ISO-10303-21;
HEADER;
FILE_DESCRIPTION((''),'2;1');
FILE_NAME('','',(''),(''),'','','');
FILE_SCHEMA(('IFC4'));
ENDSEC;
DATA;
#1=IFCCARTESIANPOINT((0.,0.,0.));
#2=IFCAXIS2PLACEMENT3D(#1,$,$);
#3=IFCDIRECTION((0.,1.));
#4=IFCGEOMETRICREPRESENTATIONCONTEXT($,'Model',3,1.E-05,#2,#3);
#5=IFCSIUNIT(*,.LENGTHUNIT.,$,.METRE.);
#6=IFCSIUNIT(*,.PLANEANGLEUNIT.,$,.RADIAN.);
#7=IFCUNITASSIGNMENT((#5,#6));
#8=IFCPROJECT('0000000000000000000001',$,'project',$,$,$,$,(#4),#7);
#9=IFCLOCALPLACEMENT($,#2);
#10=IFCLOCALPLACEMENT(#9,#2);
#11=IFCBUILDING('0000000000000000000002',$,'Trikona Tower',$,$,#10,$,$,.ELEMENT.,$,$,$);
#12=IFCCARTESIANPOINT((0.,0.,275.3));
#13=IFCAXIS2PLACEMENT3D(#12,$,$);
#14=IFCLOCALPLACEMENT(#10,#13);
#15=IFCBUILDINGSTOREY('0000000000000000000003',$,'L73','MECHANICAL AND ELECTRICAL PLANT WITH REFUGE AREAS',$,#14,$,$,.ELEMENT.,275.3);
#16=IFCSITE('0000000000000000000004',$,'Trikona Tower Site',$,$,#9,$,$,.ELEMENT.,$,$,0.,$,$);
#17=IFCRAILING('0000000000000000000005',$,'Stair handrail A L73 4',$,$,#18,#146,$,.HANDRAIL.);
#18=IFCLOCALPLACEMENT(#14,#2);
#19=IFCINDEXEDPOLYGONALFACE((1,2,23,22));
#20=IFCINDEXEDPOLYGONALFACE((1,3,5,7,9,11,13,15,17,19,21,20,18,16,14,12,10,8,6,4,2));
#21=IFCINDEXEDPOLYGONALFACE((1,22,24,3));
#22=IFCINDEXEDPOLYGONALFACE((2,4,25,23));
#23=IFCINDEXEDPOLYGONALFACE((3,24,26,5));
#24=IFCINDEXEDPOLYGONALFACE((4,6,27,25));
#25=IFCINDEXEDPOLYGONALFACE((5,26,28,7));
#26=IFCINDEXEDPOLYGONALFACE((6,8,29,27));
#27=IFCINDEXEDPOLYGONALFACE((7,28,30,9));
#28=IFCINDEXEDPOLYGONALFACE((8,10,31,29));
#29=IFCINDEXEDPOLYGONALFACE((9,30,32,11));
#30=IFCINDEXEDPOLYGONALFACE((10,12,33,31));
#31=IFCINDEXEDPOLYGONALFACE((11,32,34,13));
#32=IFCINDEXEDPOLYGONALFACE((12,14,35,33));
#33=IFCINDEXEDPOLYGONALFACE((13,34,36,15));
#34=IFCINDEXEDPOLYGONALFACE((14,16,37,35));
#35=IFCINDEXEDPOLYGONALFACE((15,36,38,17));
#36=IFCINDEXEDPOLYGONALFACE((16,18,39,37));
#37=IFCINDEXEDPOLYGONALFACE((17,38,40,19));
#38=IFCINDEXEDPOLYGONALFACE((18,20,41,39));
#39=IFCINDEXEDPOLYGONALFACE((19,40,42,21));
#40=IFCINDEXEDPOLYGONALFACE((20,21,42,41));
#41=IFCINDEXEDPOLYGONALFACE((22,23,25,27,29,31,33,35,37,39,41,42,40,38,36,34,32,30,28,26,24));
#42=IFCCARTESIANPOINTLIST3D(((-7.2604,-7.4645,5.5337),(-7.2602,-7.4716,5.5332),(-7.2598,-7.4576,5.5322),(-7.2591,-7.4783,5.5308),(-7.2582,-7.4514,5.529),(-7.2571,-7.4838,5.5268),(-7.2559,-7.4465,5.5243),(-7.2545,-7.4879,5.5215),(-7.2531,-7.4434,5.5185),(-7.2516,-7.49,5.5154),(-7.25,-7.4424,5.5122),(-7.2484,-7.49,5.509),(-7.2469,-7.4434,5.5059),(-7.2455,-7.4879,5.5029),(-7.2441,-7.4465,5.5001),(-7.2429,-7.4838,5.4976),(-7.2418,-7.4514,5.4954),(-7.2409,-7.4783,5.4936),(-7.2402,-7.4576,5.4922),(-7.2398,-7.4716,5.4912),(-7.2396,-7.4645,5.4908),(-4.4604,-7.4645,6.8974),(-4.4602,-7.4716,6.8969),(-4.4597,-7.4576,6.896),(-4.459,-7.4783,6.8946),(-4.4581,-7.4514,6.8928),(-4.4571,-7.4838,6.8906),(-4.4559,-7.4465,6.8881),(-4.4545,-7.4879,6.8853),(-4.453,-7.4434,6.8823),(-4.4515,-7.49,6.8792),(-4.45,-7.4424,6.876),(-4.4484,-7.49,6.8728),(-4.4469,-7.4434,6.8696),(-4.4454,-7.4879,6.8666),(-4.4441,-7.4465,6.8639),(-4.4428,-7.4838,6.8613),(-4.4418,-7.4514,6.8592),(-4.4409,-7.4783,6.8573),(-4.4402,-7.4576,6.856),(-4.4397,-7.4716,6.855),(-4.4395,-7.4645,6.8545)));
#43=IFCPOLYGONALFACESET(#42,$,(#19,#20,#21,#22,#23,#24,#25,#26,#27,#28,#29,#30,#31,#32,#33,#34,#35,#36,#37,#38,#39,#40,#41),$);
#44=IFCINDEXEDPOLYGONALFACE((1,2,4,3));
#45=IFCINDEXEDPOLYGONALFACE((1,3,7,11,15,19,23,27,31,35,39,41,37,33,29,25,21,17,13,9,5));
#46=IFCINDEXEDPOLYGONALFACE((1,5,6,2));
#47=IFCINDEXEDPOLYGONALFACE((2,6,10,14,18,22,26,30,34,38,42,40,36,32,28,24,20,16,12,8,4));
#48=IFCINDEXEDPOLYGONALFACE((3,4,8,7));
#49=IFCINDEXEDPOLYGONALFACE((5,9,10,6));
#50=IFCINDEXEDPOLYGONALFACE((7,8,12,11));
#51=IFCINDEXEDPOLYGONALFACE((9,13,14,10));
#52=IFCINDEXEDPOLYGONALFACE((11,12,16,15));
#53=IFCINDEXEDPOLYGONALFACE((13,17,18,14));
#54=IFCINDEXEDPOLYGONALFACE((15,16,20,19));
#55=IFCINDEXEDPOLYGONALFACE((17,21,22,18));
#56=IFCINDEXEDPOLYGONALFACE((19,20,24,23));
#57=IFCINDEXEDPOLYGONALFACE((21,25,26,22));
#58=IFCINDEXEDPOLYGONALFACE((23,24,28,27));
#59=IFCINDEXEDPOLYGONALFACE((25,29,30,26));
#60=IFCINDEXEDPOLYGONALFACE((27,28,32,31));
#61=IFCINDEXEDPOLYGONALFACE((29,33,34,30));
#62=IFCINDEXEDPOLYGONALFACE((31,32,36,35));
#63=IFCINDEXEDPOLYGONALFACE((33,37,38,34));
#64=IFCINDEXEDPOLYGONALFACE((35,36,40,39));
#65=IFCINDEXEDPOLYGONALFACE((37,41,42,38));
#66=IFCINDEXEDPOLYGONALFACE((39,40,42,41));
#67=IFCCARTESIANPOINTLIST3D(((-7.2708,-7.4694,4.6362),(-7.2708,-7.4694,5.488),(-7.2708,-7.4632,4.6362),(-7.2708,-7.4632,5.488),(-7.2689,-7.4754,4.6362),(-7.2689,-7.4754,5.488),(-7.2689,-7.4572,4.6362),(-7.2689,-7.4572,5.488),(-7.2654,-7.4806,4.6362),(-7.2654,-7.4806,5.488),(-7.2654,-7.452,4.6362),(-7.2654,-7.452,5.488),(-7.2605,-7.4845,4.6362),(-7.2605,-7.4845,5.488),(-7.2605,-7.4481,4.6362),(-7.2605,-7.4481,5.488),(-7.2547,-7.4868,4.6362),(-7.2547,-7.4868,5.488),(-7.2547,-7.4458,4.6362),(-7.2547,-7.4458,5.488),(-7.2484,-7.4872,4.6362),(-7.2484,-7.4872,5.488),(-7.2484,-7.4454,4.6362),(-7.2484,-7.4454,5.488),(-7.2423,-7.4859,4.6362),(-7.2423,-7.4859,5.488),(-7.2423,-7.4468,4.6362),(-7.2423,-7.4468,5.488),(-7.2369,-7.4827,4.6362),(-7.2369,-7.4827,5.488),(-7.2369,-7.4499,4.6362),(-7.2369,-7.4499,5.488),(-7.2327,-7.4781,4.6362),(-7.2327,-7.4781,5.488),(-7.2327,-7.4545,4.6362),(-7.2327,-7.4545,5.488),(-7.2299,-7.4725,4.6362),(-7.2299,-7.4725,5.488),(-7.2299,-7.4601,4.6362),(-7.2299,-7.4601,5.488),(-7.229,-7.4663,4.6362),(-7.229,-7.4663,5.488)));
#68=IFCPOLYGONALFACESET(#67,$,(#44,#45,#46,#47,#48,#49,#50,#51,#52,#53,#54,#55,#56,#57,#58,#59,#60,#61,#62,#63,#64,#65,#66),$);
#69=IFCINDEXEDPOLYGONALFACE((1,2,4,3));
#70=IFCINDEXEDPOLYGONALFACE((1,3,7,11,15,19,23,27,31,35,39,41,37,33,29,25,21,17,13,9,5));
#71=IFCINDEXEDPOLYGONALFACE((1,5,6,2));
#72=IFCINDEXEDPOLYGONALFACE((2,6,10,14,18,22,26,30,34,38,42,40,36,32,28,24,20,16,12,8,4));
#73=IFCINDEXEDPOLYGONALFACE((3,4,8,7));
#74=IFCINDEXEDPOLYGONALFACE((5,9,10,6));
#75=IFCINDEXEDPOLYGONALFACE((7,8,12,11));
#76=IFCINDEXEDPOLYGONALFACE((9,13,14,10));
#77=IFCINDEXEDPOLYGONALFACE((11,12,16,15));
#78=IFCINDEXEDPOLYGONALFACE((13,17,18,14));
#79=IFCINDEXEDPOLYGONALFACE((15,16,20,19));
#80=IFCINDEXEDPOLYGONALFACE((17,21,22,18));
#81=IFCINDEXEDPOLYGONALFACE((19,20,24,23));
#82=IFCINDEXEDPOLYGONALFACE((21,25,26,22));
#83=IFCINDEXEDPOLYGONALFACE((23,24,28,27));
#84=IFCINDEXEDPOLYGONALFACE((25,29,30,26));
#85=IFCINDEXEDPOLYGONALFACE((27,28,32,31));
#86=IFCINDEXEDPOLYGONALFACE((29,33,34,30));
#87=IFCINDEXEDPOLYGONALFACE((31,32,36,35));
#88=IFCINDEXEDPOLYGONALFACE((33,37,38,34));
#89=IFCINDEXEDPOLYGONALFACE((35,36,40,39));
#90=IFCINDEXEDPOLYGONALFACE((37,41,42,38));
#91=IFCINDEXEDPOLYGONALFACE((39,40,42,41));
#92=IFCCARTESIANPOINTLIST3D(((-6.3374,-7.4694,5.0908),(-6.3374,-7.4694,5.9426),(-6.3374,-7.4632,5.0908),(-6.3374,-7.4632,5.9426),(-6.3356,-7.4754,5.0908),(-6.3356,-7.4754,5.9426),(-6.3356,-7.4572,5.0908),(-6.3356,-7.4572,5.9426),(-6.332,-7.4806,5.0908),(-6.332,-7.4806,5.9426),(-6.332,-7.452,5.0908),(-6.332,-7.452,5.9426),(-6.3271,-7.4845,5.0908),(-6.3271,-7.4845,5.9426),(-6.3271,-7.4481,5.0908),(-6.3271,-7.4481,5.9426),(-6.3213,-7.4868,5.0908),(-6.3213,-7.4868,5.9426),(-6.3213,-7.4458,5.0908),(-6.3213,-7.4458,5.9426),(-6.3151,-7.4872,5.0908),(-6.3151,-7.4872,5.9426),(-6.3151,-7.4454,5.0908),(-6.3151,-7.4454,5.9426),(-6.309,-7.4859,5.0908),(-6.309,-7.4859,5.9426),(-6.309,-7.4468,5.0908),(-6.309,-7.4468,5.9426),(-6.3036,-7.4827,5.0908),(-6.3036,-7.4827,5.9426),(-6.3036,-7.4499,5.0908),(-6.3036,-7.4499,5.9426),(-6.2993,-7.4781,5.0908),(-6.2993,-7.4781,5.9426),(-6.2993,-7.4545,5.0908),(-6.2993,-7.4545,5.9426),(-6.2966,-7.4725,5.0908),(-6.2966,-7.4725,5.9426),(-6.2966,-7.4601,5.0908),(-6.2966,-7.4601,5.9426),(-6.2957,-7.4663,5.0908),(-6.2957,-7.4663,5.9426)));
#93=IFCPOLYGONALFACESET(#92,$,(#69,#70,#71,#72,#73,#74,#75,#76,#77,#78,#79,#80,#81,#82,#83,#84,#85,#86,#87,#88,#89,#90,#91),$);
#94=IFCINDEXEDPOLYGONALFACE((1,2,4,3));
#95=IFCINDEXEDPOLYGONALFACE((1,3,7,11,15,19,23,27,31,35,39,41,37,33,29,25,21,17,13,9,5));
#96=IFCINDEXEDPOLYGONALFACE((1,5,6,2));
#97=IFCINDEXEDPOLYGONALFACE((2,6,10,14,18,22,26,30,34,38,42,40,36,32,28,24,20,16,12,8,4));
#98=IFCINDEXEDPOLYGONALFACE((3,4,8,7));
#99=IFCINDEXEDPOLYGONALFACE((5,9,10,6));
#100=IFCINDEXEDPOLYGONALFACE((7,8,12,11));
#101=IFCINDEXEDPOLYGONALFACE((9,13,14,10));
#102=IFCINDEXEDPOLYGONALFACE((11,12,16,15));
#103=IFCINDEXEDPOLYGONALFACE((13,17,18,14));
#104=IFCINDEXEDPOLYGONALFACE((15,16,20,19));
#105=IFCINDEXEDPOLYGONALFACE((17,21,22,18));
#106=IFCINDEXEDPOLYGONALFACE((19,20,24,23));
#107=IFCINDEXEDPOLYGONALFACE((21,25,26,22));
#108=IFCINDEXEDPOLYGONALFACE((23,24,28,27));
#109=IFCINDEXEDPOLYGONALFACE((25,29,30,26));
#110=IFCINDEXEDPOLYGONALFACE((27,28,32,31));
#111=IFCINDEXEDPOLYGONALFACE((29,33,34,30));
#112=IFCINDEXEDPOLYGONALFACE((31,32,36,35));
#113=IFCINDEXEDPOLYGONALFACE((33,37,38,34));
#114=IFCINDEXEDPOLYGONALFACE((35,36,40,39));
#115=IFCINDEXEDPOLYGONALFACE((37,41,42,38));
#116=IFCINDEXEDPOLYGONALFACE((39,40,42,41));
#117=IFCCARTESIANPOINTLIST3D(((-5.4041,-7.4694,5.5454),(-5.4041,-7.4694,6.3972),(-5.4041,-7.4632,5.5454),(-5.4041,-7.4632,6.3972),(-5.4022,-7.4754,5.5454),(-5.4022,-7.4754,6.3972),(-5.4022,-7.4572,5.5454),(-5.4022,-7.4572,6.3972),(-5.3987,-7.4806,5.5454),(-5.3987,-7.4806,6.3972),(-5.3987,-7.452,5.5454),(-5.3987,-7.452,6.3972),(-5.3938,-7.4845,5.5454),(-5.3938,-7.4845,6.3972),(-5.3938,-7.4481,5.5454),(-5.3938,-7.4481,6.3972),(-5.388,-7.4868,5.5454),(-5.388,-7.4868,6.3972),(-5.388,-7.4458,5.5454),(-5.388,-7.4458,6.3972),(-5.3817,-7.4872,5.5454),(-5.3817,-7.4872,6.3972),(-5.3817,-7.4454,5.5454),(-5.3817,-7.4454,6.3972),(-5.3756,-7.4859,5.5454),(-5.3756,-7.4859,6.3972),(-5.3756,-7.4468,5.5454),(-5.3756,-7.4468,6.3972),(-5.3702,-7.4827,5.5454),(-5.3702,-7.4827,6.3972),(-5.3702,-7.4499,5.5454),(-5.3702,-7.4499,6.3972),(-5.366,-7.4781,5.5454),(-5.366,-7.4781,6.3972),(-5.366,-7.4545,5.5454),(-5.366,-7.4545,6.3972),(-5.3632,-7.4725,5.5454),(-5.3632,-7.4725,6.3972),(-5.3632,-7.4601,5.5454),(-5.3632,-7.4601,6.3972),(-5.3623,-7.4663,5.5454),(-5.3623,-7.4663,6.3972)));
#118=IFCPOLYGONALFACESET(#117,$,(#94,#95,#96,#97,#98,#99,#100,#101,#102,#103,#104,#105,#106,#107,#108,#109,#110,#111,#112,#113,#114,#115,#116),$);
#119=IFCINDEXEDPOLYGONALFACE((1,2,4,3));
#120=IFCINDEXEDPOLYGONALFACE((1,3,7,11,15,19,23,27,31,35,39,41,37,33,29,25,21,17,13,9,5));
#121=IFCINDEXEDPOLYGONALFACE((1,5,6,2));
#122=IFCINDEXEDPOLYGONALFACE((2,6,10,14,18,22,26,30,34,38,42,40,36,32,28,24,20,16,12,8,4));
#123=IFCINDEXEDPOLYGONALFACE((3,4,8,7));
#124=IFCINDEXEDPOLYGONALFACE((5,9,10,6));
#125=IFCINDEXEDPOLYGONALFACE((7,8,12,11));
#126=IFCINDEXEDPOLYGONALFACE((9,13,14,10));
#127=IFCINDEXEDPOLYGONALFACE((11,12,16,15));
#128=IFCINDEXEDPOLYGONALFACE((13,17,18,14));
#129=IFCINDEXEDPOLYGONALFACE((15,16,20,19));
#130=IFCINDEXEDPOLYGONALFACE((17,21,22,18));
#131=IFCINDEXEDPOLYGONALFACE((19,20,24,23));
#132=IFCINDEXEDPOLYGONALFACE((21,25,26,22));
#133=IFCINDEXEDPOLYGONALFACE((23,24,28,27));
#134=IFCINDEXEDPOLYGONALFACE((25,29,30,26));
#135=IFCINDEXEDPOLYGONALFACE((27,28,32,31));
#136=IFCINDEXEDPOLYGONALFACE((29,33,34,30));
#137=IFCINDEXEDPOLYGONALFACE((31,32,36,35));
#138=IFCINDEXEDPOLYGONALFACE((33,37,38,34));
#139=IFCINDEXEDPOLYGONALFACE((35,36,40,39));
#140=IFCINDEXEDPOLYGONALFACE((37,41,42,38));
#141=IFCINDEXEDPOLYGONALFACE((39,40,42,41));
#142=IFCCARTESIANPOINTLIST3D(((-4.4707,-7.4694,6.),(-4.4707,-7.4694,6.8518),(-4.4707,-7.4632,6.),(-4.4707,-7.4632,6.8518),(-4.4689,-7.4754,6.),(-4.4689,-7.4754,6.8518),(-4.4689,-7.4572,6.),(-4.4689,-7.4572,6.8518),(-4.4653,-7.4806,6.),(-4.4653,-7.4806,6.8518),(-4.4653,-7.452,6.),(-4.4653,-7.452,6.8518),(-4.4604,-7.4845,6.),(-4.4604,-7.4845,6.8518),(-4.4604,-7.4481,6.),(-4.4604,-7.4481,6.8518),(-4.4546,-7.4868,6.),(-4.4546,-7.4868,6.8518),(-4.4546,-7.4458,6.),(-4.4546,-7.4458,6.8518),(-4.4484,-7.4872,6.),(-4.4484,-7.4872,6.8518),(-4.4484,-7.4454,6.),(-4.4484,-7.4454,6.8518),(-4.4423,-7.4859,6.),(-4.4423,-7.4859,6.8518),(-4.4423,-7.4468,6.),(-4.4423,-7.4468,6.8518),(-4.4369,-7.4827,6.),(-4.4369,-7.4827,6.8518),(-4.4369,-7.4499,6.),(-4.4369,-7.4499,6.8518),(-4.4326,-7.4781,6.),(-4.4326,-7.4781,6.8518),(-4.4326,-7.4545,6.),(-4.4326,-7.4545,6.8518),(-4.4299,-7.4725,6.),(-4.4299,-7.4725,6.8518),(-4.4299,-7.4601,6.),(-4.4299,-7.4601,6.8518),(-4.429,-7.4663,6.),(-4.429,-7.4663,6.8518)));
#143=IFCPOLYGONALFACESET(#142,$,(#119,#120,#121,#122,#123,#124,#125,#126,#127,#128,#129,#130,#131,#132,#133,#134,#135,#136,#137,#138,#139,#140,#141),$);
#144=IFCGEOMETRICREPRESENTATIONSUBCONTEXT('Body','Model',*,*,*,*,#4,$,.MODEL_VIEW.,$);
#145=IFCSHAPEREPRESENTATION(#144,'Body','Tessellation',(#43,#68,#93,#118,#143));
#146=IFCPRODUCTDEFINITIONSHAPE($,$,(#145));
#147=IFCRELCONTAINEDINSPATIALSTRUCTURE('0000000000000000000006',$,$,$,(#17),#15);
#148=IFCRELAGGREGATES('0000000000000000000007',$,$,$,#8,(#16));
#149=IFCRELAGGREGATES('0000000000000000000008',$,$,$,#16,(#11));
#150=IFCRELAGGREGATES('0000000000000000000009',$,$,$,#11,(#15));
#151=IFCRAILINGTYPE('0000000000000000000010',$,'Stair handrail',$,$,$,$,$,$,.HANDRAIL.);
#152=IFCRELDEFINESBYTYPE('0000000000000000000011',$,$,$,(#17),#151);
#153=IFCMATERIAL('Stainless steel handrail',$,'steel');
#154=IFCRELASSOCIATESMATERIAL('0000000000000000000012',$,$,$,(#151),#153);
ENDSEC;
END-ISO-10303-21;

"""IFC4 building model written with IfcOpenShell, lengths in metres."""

from ifc_helpers import new_model, si_unit, direction, frame, origin, origin_2d, place, context, subcontext, project, spatial, circle, extrude, material, type_object, element, save


model = new_model("IFC4")

# Units and contexts
model_context = context("Model", 3, precision=1e-05, world=origin(), true_north=direction((0.0, 1.0)))
body_context = subcontext(model_context, "Body", "Model", "MODEL_VIEW")
ifc_project = project(units=[si_unit("LENGTHUNIT", "METRE"), si_unit("PLANEANGLEUNIT", "RADIAN")], contexts=[model_context])

# Site, building, storey
site_placement = place(None, origin())
site = spatial("IfcSite", under=ifc_project, at=site_placement, Name="Trikona Tower Site", CompositionType="ELEMENT", RefElevation=0.0)
building_placement = place(site_placement, origin())
building = spatial("IfcBuilding", under=site, at=building_placement, Name="Trikona Tower", CompositionType="ELEMENT")
storey_placement = place(building_placement, frame((0.0, 0.0, 275.3)))
storey = spatial("IfcBuildingStorey", under=building, at=storey_placement, Name="L73", Description="MECHANICAL AND ELECTRICAL PLANT WITH REFUGE AREAS", CompositionType="ELEMENT", Elevation=275.3)

# Railing
ifc_material_1 = material(Name="Stainless steel handrail", Category="steel")
railing_type = type_object("IfcRailingType", Name="Stair handrail", PredefinedType="HANDRAIL", material=ifc_material_1)
for number, where, name in (
    (1, (-7.25, -7.4663, 4.6362), "Stair handrail A L73 4"),
):
    element("IfcRailing", number, at=place(storey_placement, frame(where)), inside=storey, type_object=railing_type, Name=name, PredefinedType="HANDRAIL", context=body_context, shape_type="SweptSolid", body=[
        extrude(circle(Radius=0.0239, at=origin_2d()), frame((0.0, 0.0, 0.876), z_axis=(0.899035, 0.0, 0.437877), x_axis=(0.0, 1.0, 0.0)), (0.0, 0.0, 1.0), 3.1145),
        extrude(circle(Radius=0.021, at=origin_2d()), origin(), (0.0, 0.0, 1.0), 0.8518),
        extrude(circle(Radius=0.021, at=origin_2d()), frame((0.9333, 0.0, 0.4546)), (0.0, 0.0, 1.0), 0.8518),
        extrude(circle(Radius=0.021, at=origin_2d()), frame((1.8667, 0.0, 0.9092)), (0.0, 0.0, 1.0), 0.8518),
        extrude(circle(Radius=0.021, at=origin_2d()), frame((2.8, 0.0, 1.3638)), (0.0, 0.0, 1.0), 0.8518),
    ])

save(model, "model.ifc")
